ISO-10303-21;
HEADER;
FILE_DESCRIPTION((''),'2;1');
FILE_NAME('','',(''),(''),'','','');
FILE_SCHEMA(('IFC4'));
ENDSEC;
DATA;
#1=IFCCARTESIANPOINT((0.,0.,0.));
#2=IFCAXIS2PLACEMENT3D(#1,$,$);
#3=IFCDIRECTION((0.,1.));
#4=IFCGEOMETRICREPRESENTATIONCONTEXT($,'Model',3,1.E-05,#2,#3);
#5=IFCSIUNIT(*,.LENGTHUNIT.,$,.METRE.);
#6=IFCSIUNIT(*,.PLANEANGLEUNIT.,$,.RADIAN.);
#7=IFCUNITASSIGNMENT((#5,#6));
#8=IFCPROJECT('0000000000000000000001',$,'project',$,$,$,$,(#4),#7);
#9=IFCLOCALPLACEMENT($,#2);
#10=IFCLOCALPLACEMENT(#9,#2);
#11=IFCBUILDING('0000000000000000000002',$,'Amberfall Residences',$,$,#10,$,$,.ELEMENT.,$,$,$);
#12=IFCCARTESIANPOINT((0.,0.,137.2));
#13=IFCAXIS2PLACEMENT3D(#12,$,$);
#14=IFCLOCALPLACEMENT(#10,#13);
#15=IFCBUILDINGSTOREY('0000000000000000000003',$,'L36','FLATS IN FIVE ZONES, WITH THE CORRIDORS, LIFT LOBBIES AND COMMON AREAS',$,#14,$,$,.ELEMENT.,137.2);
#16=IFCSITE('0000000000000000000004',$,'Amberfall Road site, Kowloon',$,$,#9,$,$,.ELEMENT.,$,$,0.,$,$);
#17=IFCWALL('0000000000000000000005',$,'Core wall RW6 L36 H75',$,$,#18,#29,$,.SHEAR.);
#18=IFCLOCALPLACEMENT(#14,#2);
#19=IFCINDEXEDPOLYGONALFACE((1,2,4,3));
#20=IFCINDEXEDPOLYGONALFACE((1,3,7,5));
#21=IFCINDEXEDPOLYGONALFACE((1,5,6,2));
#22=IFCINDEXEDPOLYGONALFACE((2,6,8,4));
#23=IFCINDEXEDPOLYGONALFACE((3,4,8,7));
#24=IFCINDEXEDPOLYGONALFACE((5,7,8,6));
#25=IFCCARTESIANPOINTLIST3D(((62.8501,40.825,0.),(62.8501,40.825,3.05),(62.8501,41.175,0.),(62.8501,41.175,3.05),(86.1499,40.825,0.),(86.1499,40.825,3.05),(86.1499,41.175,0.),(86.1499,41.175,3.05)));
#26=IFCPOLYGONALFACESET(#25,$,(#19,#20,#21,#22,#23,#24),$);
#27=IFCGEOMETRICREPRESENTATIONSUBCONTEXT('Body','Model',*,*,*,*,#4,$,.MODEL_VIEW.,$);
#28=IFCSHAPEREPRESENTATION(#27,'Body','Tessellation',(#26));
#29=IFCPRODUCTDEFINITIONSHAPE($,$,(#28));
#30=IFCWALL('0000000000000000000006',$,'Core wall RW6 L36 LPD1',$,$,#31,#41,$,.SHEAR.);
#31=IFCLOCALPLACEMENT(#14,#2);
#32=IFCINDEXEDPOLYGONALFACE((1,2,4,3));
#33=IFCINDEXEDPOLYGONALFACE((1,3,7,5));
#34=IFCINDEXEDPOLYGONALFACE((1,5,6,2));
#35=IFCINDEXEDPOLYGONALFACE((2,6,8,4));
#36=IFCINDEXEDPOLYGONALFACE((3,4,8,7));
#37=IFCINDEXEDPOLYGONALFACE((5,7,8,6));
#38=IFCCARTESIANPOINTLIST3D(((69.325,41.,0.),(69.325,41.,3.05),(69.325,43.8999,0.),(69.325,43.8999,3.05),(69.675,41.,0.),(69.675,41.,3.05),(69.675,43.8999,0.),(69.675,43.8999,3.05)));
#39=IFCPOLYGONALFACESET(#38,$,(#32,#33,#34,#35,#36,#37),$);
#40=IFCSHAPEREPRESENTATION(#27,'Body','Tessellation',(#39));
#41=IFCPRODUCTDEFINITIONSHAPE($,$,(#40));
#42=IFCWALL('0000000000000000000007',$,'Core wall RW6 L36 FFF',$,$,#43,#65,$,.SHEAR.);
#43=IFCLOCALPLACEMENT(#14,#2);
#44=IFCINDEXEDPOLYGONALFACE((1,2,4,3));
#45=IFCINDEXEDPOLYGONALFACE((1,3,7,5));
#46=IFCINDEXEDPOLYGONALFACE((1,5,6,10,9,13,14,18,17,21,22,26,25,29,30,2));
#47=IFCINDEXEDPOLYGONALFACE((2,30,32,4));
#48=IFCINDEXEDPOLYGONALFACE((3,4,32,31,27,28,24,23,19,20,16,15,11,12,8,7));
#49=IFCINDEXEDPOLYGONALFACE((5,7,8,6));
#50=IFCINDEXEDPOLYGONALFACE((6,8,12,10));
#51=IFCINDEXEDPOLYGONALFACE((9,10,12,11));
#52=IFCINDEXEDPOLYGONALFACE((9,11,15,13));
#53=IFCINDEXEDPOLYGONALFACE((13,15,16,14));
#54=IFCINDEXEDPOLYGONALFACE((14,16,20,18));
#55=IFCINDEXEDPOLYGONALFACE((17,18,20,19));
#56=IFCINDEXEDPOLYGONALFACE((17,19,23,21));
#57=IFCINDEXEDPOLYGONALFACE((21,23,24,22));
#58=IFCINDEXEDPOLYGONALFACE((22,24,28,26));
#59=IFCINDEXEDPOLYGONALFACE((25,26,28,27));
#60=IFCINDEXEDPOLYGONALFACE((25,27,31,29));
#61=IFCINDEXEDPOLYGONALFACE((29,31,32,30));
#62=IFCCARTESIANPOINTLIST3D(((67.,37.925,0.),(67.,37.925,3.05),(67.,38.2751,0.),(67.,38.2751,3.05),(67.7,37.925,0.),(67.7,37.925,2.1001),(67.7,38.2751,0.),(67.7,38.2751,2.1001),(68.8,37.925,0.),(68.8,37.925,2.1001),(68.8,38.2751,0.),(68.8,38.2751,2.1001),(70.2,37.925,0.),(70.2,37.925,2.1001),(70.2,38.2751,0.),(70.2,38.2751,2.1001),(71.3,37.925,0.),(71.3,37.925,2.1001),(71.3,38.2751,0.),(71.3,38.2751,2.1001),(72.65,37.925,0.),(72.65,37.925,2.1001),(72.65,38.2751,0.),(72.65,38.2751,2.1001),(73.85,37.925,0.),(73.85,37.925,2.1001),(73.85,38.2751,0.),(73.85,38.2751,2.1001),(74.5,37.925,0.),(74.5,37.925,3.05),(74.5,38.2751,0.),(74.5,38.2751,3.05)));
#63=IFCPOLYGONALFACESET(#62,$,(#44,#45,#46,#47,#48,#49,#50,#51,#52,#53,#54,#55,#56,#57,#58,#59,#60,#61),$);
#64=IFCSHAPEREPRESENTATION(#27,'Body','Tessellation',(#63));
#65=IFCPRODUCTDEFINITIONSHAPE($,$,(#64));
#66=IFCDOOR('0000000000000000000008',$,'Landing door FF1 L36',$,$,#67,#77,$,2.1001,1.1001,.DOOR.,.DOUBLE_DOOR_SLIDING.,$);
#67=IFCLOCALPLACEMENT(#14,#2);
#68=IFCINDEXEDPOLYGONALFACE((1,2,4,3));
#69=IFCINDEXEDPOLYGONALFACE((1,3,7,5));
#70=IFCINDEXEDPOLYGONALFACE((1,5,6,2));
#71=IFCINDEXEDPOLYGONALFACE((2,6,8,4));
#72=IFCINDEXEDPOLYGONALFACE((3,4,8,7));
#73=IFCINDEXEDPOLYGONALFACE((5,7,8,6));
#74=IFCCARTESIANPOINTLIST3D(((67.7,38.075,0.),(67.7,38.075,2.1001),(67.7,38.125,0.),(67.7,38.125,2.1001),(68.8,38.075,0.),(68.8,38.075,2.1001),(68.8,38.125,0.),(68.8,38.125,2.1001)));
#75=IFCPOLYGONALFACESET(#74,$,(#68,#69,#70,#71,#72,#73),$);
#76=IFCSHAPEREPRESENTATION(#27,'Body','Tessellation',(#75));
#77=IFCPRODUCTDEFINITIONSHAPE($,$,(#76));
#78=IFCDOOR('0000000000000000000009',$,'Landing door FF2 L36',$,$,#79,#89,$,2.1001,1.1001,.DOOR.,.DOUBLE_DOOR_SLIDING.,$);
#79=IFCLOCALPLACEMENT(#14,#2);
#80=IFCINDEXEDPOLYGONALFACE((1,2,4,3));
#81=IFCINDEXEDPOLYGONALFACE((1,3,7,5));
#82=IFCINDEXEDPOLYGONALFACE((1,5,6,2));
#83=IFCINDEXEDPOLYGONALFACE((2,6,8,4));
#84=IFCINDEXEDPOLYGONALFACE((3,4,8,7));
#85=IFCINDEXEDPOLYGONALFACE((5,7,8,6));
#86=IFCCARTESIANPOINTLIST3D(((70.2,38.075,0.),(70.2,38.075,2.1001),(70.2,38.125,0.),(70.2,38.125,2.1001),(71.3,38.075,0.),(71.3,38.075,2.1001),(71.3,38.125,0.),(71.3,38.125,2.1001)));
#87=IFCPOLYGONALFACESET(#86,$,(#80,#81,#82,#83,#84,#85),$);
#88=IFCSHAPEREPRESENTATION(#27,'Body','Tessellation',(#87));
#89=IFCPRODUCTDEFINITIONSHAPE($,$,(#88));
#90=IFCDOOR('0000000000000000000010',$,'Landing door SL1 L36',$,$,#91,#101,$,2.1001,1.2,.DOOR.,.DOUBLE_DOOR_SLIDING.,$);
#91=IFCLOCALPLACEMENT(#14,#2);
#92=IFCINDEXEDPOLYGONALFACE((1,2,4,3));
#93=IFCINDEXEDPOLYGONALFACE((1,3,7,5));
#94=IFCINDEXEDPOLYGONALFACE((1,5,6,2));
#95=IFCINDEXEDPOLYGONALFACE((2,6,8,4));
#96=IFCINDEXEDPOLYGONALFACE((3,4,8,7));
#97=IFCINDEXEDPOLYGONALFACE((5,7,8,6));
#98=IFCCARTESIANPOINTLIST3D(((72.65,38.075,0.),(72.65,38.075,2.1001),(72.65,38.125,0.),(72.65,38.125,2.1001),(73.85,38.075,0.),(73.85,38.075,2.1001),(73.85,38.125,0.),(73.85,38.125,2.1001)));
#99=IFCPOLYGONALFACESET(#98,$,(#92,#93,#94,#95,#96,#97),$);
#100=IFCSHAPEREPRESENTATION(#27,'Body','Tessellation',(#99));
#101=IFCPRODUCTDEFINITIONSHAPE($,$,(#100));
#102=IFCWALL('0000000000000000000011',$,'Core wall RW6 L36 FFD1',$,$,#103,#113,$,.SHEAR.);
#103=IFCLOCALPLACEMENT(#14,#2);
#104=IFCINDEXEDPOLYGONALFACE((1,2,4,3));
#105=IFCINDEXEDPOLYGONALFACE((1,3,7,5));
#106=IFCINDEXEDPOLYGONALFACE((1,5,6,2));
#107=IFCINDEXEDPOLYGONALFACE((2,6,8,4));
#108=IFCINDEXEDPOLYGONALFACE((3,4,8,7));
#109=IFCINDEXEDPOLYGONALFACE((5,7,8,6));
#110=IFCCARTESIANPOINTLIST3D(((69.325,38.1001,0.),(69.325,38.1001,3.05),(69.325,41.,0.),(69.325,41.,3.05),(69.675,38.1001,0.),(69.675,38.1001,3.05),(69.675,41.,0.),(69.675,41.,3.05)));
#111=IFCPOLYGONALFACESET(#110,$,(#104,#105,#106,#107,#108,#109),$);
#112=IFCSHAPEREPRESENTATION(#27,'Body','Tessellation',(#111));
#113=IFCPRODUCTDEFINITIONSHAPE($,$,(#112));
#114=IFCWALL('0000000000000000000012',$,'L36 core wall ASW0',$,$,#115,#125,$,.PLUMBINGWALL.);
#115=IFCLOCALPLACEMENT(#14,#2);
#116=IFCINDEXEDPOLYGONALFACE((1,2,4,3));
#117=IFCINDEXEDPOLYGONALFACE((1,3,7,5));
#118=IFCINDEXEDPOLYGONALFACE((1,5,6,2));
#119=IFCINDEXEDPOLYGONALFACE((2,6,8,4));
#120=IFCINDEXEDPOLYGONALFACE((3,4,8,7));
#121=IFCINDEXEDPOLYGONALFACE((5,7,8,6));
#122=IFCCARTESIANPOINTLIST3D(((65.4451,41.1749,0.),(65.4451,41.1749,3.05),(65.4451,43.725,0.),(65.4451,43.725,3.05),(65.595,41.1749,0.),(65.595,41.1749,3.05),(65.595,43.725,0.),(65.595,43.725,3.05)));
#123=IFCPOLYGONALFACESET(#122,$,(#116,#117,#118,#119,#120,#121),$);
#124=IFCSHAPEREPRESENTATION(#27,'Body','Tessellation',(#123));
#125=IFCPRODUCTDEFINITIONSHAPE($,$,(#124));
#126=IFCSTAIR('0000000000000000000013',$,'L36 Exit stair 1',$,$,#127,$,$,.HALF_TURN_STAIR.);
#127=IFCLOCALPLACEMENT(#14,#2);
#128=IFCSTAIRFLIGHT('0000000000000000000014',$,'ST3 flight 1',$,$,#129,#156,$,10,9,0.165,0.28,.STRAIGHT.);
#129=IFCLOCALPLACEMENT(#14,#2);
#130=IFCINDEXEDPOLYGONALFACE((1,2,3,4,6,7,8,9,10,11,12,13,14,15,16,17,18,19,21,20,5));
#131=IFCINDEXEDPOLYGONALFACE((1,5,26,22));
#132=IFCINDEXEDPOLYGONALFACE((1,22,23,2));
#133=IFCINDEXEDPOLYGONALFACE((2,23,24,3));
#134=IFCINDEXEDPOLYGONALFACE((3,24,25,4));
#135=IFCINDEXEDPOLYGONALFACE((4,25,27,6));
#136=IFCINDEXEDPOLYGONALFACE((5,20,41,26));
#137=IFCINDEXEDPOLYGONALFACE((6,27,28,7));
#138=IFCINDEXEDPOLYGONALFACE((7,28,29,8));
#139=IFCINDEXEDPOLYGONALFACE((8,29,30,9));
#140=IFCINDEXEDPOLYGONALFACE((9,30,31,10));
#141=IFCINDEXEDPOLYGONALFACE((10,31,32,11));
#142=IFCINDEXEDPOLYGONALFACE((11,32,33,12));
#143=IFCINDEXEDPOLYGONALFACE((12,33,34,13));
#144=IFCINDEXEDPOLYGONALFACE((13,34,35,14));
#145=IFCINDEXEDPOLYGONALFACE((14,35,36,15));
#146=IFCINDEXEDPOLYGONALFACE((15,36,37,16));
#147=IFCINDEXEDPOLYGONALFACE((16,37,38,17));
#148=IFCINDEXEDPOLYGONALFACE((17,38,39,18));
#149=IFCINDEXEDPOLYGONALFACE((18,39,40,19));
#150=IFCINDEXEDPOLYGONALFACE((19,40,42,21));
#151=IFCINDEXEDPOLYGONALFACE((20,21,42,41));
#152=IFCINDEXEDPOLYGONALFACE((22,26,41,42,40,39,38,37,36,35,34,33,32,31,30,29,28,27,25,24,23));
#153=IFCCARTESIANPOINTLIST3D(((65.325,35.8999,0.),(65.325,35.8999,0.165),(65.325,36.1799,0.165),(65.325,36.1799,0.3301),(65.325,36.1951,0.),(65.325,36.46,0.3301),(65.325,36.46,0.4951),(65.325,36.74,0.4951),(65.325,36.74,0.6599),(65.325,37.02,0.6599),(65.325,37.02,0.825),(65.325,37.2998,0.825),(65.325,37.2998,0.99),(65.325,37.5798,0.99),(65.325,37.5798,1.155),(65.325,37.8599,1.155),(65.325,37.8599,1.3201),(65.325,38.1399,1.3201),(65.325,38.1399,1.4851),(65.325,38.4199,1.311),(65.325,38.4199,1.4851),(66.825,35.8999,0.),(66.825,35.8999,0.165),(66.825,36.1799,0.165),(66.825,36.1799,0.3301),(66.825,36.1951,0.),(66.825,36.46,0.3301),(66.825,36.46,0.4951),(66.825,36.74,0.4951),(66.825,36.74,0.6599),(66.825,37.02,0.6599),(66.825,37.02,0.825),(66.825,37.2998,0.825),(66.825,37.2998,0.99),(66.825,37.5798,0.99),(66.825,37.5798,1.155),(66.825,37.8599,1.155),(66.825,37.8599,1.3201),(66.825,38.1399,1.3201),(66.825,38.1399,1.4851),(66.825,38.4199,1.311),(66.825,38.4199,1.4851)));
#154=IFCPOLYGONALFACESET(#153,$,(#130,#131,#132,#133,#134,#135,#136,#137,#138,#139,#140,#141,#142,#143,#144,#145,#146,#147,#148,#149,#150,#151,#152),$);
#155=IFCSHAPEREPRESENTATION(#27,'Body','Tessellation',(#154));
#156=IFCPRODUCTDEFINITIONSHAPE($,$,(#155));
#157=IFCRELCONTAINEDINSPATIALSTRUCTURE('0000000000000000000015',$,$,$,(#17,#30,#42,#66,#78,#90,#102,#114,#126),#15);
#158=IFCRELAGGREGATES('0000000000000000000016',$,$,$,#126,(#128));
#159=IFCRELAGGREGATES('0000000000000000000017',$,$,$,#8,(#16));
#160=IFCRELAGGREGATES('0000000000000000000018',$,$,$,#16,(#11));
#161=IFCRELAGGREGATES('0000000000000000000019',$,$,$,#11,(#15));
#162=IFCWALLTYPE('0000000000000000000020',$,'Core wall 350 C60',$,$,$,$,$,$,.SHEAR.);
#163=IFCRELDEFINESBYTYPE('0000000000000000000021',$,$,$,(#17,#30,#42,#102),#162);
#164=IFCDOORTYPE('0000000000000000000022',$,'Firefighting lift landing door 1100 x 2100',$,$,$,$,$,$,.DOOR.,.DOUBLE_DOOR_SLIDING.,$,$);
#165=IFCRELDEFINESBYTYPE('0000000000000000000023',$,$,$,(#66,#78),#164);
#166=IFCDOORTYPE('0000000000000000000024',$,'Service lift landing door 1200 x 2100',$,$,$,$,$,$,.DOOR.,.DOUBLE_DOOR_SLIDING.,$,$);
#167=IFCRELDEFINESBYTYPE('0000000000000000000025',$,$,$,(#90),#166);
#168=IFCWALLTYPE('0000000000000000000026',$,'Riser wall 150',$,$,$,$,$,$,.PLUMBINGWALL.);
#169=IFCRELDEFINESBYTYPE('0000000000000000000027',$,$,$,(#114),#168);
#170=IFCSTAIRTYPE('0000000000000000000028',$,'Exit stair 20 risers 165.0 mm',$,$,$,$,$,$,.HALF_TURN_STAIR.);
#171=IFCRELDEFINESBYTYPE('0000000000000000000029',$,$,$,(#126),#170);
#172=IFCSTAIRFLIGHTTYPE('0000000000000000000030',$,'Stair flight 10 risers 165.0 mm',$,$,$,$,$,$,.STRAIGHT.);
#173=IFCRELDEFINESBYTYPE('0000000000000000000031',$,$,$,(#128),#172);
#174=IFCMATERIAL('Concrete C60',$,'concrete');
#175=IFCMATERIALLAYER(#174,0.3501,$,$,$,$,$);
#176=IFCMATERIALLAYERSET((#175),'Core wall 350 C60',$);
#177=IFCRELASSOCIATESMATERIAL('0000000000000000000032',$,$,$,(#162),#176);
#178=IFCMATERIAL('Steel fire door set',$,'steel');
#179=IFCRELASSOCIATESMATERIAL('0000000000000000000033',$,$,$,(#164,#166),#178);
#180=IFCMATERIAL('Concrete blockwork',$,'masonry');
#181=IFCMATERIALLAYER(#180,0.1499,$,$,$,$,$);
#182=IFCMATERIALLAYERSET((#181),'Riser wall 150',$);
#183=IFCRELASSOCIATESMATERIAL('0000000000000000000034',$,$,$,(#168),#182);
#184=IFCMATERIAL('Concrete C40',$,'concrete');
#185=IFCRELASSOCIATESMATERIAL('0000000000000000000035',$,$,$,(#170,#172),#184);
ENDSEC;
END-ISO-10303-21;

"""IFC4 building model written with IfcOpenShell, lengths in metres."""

from ifc_helpers import new_model, si_unit, direction, frame, frame_2d, origin, place, context, subcontext, project, spatial, polyline, rectangle, outline, extrude, material, layer, layer_set, type_object, element, fill, aggregate, save


model = new_model("IFC4")

# Units and contexts
model_context = context("Model", 3, precision=1e-05, world=origin(), true_north=direction((0.0, 1.0)))
body_context = subcontext(model_context, "Body", "Model", "MODEL_VIEW")
ifc_project = project(units=[si_unit("LENGTHUNIT", "METRE"), si_unit("PLANEANGLEUNIT", "RADIAN")], contexts=[model_context])

# Site, building, storey
site_placement = place(None, origin())
site = spatial("IfcSite", under=ifc_project, at=site_placement, Name="Amberfall Road site, Kowloon", CompositionType="ELEMENT", RefElevation=0.0)
building_placement = place(site_placement, origin())
building = spatial("IfcBuilding", under=site, at=building_placement, Name="Amberfall Residences", CompositionType="ELEMENT")
storey_placement = place(building_placement, frame((0.0, 0.0, 137.2)))
storey = spatial("IfcBuildingStorey", under=building, at=storey_placement, Name="L36", Description="FLATS IN FIVE ZONES, WITH THE CORRIDORS, LIFT LOBBIES AND COMMON AREAS", CompositionType="ELEMENT", Elevation=137.2)

# Wall
ifc_material_1 = material(Name="Concrete C60", Category="concrete")
ifc_layer_1 = layer(ifc_material_1, 0.3501)
ifc_layer_set_1 = layer_set([ifc_layer_1], Name="Core wall 350 C60")
wall_type_1 = type_object("IfcWallType", Name="Core wall 350 C60", PredefinedType="SHEAR", material=ifc_layer_set_1)
wall_1_placement = place(storey_placement, frame((62.8501, 41.0, 0.0), z_axis=(0.0, 0.0, 1.0), x_axis=(1.0, 0.0, 0.0)))
element("IfcWall", 1, at=wall_1_placement, inside=storey, type_object=wall_type_1, Name="Core wall RW6 L36 H75", PredefinedType="SHEAR", context=body_context, shape_type="SweptSolid", body=[
    extrude(rectangle(XDim=23.2998, YDim=0.3501, at=frame_2d((11.6499, 0.0))), origin(), (0.0, 0.0, 1.0), 3.05),
])

# Shared definitions
ifc_material_2 = material(Name="Steel fire door set", Category="steel")

# Wall
wall_2_placement = place(storey_placement, frame((69.5, 41.0, 0.0), z_axis=(0.0, 0.0, 1.0), x_axis=(0.0, 1.0, 0.0)))
element("IfcWall", 2, at=wall_2_placement, inside=storey, type_object=wall_type_1, Name="Core wall RW6 L36 LPD1", PredefinedType="SHEAR", context=body_context, shape_type="SweptSolid", body=[
    extrude(rectangle(XDim=2.8999, YDim=0.3501, at=frame_2d((1.45, 0.0))), origin(), (0.0, 0.0, 1.0), 3.05),
])

# Wall, openings, doors
wall_3_placement = place(storey_placement, frame((67.0, 38.1001, 0.0), z_axis=(0.0, 0.0, 1.0), x_axis=(1.0, 0.0, 0.0)))
wall_3 = element("IfcWall", 3, at=wall_3_placement, inside=storey, type_object=wall_type_1, Name="Core wall RW6 L36 FFF", PredefinedType="SHEAR", context=body_context, shape_type="SweptSolid", body=[
    extrude(rectangle(XDim=7.5, YDim=0.3501, at=frame_2d((3.75, 0.0))), origin(), (0.0, 0.0, 1.0), 3.05),
])
opening_1_placement = place(wall_3_placement, frame((0.7, 0.0, 0.0)))
opening_1 = element("IfcOpeningElement", 4, at=opening_1_placement, cuts=wall_3, PredefinedType="OPENING", context=body_context, shape_type="SweptSolid", body=[
    extrude(rectangle(XDim=1.1001, YDim=2.1001, at=frame_2d((0.55, 1.05))), frame((0.0, 0.1851, 0.0), z_axis=(0.0, -1.0, 0.0), x_axis=(1.0, 0.0, 0.0)), (0.0, 0.0, 1.0), 0.3701),
])
opening_2_placement = place(wall_3_placement, frame((3.2, 0.0, 0.0)))
opening_2 = element("IfcOpeningElement", 5, at=opening_2_placement, cuts=wall_3, PredefinedType="OPENING", context=body_context, shape_type="SweptSolid", body=[
    extrude(rectangle(XDim=1.1001, YDim=2.1001, at=frame_2d((0.55, 1.05))), frame((0.0, 0.1851, 0.0), z_axis=(0.0, -1.0, 0.0), x_axis=(1.0, 0.0, 0.0)), (0.0, 0.0, 1.0), 0.3701),
])
opening_3_placement = place(wall_3_placement, frame((5.6499, 0.0, 0.0)))
opening_3 = element("IfcOpeningElement", 6, at=opening_3_placement, cuts=wall_3, PredefinedType="OPENING", context=body_context, shape_type="SweptSolid", body=[
    extrude(rectangle(XDim=1.2, YDim=2.1001, at=frame_2d((0.6001, 1.05))), frame((0.0, 0.1851, 0.0), z_axis=(0.0, -1.0, 0.0), x_axis=(1.0, 0.0, 0.0)), (0.0, 0.0, 1.0), 0.3701),
])
door_type_1 = type_object("IfcDoorType", Name="Firefighting lift landing door 1100 x 2100", OperationType="DOUBLE_DOOR_SLIDING", PredefinedType="DOOR", material=ifc_material_2)
door_1_placement = place(opening_1_placement, origin())
door_1 = element("IfcDoor", 7, at=door_1_placement, inside=storey, type_object=door_type_1, Name="Landing door FF1 L36", OperationType="DOUBLE_DOOR_SLIDING", OverallHeight=2.1001, OverallWidth=1.1001, PredefinedType="DOOR", context=body_context, shape_type="SweptSolid", body=[
    extrude(rectangle(XDim=1.1001, YDim=2.1001, at=frame_2d((0.55, 1.05))), frame((0.0, 0.0249, 0.0), z_axis=(0.0, -1.0, 0.0), x_axis=(1.0, 0.0, 0.0)), (0.0, 0.0, 1.0), 0.05),
])
fill(opening_1, door_1)
door_2_placement = place(opening_2_placement, origin())
door_2 = element("IfcDoor", 8, at=door_2_placement, inside=storey, type_object=door_type_1, Name="Landing door FF2 L36", OperationType="DOUBLE_DOOR_SLIDING", OverallHeight=2.1001, OverallWidth=1.1001, PredefinedType="DOOR", context=body_context, shape_type="SweptSolid", body=[
    extrude(rectangle(XDim=1.1001, YDim=2.1001, at=frame_2d((0.55, 1.05))), frame((0.0, 0.0249, 0.0), z_axis=(0.0, -1.0, 0.0), x_axis=(1.0, 0.0, 0.0)), (0.0, 0.0, 1.0), 0.05),
])
fill(opening_2, door_2)
door_type_2 = type_object("IfcDoorType", Name="Service lift landing door 1200 x 2100", OperationType="DOUBLE_DOOR_SLIDING", PredefinedType="DOOR", material=ifc_material_2)
door_3_placement = place(opening_3_placement, origin())
door_3 = element("IfcDoor", 9, at=door_3_placement, inside=storey, type_object=door_type_2, Name="Landing door SL1 L36", OperationType="DOUBLE_DOOR_SLIDING", OverallHeight=2.1001, OverallWidth=1.2, PredefinedType="DOOR", context=body_context, shape_type="SweptSolid", body=[
    extrude(rectangle(XDim=1.2, YDim=2.1001, at=frame_2d((0.6001, 1.05))), frame((0.0, 0.0249, 0.0), z_axis=(0.0, -1.0, 0.0), x_axis=(1.0, 0.0, 0.0)), (0.0, 0.0, 1.0), 0.05),
])
fill(opening_3, door_3)

# Walls
wall_4_placement = place(storey_placement, frame((69.5, 38.1001, 0.0), z_axis=(0.0, 0.0, 1.0), x_axis=(0.0, 1.0, 0.0)))
element("IfcWall", 10, at=wall_4_placement, inside=storey, type_object=wall_type_1, Name="Core wall RW6 L36 FFD1", PredefinedType="SHEAR", context=body_context, shape_type="SweptSolid", body=[
    extrude(rectangle(XDim=2.8999, YDim=0.3501, at=frame_2d((1.45, 0.0))), origin(), (0.0, 0.0, 1.0), 3.05),
])
ifc_material_3 = material(Name="Concrete blockwork", Category="masonry")
ifc_layer_2 = layer(ifc_material_3, 0.1499)
ifc_layer_set_2 = layer_set([ifc_layer_2], Name="Riser wall 150")
wall_type_2 = type_object("IfcWallType", Name="Riser wall 150", PredefinedType="PLUMBINGWALL", material=ifc_layer_set_2)
wall_5_placement = place(storey_placement, frame((65.52, 41.175, 0.0), z_axis=(0.0, 0.0, 1.0), x_axis=(0.0, 1.0, 0.0)))
element("IfcWall", 11, at=wall_5_placement, inside=storey, type_object=wall_type_2, Name="L36 core wall ASW0", PredefinedType="PLUMBINGWALL", context=body_context, shape_type="SweptSolid", body=[
    extrude(rectangle(XDim=2.55, YDim=0.1499, at=frame_2d((1.2749, 0.0))), origin(), (0.0, 0.0, 1.0), 3.05),
])

# Stair, stair flight
ifc_material_4 = material(Name="Concrete C40", Category="concrete")
stair_type = type_object("IfcStairType", Name="Exit stair 20 risers 165.0 mm", PredefinedType="HALF_TURN_STAIR", material=ifc_material_4)
stair_placement = place(storey_placement, origin())
stair = element("IfcStair", 12, at=stair_placement, inside=storey, type_object=stair_type, Name="L36 Exit stair 1", PredefinedType="HALF_TURN_STAIR")
stair_flight_type = type_object("IfcStairFlightType", Name="Stair flight 10 risers 165.0 mm", PredefinedType="STRAIGHT", material=ifc_material_4)
stair_flight_1_placement = place(storey_placement, frame((66.075, 35.8999, 0.0), z_axis=(0.0, 0.0, 1.0), x_axis=(0.0, 1.0, 0.0)))
stair_flight_1 = element("IfcStairFlight", 13, at=stair_flight_1_placement, type_object=stair_flight_type, Name="ST3 flight 1", NumberOfRisers=10, NumberOfTreads=9, PredefinedType="STRAIGHT", RiserHeight=0.165, TreadLength=0.28, context=body_context, shape_type="SweptSolid", body=[
    extrude(outline(polyline([(0.0, 0.0), (0.0, 0.165), (0.28, 0.165), (0.28, 0.3301), (0.5601, 0.3301), (0.5601, 0.4951), (0.8401, 0.4951), (0.8401, 0.6599), (1.1201, 0.6599), (1.1201, 0.825), (1.3999, 0.825), (1.3999, 0.99), (1.6799, 0.99), (1.6799, 1.155), (1.96, 1.155), (1.96, 1.3201), (2.24, 1.3201), (2.24, 1.4851), (2.52, 1.4851), (2.52, 1.6499), (2.52, 1.311), (0.2952, 0.0), (0.0, 0.0)])), frame((0.0, 0.75, 0.0), z_axis=(0.0, -1.0, 0.0), x_axis=(1.0, 0.0, 0.0)), (0.0, 0.0, 1.0), 1.5),
])
aggregate(stair, [stair_flight_1])

save(model, "model.ifc")
